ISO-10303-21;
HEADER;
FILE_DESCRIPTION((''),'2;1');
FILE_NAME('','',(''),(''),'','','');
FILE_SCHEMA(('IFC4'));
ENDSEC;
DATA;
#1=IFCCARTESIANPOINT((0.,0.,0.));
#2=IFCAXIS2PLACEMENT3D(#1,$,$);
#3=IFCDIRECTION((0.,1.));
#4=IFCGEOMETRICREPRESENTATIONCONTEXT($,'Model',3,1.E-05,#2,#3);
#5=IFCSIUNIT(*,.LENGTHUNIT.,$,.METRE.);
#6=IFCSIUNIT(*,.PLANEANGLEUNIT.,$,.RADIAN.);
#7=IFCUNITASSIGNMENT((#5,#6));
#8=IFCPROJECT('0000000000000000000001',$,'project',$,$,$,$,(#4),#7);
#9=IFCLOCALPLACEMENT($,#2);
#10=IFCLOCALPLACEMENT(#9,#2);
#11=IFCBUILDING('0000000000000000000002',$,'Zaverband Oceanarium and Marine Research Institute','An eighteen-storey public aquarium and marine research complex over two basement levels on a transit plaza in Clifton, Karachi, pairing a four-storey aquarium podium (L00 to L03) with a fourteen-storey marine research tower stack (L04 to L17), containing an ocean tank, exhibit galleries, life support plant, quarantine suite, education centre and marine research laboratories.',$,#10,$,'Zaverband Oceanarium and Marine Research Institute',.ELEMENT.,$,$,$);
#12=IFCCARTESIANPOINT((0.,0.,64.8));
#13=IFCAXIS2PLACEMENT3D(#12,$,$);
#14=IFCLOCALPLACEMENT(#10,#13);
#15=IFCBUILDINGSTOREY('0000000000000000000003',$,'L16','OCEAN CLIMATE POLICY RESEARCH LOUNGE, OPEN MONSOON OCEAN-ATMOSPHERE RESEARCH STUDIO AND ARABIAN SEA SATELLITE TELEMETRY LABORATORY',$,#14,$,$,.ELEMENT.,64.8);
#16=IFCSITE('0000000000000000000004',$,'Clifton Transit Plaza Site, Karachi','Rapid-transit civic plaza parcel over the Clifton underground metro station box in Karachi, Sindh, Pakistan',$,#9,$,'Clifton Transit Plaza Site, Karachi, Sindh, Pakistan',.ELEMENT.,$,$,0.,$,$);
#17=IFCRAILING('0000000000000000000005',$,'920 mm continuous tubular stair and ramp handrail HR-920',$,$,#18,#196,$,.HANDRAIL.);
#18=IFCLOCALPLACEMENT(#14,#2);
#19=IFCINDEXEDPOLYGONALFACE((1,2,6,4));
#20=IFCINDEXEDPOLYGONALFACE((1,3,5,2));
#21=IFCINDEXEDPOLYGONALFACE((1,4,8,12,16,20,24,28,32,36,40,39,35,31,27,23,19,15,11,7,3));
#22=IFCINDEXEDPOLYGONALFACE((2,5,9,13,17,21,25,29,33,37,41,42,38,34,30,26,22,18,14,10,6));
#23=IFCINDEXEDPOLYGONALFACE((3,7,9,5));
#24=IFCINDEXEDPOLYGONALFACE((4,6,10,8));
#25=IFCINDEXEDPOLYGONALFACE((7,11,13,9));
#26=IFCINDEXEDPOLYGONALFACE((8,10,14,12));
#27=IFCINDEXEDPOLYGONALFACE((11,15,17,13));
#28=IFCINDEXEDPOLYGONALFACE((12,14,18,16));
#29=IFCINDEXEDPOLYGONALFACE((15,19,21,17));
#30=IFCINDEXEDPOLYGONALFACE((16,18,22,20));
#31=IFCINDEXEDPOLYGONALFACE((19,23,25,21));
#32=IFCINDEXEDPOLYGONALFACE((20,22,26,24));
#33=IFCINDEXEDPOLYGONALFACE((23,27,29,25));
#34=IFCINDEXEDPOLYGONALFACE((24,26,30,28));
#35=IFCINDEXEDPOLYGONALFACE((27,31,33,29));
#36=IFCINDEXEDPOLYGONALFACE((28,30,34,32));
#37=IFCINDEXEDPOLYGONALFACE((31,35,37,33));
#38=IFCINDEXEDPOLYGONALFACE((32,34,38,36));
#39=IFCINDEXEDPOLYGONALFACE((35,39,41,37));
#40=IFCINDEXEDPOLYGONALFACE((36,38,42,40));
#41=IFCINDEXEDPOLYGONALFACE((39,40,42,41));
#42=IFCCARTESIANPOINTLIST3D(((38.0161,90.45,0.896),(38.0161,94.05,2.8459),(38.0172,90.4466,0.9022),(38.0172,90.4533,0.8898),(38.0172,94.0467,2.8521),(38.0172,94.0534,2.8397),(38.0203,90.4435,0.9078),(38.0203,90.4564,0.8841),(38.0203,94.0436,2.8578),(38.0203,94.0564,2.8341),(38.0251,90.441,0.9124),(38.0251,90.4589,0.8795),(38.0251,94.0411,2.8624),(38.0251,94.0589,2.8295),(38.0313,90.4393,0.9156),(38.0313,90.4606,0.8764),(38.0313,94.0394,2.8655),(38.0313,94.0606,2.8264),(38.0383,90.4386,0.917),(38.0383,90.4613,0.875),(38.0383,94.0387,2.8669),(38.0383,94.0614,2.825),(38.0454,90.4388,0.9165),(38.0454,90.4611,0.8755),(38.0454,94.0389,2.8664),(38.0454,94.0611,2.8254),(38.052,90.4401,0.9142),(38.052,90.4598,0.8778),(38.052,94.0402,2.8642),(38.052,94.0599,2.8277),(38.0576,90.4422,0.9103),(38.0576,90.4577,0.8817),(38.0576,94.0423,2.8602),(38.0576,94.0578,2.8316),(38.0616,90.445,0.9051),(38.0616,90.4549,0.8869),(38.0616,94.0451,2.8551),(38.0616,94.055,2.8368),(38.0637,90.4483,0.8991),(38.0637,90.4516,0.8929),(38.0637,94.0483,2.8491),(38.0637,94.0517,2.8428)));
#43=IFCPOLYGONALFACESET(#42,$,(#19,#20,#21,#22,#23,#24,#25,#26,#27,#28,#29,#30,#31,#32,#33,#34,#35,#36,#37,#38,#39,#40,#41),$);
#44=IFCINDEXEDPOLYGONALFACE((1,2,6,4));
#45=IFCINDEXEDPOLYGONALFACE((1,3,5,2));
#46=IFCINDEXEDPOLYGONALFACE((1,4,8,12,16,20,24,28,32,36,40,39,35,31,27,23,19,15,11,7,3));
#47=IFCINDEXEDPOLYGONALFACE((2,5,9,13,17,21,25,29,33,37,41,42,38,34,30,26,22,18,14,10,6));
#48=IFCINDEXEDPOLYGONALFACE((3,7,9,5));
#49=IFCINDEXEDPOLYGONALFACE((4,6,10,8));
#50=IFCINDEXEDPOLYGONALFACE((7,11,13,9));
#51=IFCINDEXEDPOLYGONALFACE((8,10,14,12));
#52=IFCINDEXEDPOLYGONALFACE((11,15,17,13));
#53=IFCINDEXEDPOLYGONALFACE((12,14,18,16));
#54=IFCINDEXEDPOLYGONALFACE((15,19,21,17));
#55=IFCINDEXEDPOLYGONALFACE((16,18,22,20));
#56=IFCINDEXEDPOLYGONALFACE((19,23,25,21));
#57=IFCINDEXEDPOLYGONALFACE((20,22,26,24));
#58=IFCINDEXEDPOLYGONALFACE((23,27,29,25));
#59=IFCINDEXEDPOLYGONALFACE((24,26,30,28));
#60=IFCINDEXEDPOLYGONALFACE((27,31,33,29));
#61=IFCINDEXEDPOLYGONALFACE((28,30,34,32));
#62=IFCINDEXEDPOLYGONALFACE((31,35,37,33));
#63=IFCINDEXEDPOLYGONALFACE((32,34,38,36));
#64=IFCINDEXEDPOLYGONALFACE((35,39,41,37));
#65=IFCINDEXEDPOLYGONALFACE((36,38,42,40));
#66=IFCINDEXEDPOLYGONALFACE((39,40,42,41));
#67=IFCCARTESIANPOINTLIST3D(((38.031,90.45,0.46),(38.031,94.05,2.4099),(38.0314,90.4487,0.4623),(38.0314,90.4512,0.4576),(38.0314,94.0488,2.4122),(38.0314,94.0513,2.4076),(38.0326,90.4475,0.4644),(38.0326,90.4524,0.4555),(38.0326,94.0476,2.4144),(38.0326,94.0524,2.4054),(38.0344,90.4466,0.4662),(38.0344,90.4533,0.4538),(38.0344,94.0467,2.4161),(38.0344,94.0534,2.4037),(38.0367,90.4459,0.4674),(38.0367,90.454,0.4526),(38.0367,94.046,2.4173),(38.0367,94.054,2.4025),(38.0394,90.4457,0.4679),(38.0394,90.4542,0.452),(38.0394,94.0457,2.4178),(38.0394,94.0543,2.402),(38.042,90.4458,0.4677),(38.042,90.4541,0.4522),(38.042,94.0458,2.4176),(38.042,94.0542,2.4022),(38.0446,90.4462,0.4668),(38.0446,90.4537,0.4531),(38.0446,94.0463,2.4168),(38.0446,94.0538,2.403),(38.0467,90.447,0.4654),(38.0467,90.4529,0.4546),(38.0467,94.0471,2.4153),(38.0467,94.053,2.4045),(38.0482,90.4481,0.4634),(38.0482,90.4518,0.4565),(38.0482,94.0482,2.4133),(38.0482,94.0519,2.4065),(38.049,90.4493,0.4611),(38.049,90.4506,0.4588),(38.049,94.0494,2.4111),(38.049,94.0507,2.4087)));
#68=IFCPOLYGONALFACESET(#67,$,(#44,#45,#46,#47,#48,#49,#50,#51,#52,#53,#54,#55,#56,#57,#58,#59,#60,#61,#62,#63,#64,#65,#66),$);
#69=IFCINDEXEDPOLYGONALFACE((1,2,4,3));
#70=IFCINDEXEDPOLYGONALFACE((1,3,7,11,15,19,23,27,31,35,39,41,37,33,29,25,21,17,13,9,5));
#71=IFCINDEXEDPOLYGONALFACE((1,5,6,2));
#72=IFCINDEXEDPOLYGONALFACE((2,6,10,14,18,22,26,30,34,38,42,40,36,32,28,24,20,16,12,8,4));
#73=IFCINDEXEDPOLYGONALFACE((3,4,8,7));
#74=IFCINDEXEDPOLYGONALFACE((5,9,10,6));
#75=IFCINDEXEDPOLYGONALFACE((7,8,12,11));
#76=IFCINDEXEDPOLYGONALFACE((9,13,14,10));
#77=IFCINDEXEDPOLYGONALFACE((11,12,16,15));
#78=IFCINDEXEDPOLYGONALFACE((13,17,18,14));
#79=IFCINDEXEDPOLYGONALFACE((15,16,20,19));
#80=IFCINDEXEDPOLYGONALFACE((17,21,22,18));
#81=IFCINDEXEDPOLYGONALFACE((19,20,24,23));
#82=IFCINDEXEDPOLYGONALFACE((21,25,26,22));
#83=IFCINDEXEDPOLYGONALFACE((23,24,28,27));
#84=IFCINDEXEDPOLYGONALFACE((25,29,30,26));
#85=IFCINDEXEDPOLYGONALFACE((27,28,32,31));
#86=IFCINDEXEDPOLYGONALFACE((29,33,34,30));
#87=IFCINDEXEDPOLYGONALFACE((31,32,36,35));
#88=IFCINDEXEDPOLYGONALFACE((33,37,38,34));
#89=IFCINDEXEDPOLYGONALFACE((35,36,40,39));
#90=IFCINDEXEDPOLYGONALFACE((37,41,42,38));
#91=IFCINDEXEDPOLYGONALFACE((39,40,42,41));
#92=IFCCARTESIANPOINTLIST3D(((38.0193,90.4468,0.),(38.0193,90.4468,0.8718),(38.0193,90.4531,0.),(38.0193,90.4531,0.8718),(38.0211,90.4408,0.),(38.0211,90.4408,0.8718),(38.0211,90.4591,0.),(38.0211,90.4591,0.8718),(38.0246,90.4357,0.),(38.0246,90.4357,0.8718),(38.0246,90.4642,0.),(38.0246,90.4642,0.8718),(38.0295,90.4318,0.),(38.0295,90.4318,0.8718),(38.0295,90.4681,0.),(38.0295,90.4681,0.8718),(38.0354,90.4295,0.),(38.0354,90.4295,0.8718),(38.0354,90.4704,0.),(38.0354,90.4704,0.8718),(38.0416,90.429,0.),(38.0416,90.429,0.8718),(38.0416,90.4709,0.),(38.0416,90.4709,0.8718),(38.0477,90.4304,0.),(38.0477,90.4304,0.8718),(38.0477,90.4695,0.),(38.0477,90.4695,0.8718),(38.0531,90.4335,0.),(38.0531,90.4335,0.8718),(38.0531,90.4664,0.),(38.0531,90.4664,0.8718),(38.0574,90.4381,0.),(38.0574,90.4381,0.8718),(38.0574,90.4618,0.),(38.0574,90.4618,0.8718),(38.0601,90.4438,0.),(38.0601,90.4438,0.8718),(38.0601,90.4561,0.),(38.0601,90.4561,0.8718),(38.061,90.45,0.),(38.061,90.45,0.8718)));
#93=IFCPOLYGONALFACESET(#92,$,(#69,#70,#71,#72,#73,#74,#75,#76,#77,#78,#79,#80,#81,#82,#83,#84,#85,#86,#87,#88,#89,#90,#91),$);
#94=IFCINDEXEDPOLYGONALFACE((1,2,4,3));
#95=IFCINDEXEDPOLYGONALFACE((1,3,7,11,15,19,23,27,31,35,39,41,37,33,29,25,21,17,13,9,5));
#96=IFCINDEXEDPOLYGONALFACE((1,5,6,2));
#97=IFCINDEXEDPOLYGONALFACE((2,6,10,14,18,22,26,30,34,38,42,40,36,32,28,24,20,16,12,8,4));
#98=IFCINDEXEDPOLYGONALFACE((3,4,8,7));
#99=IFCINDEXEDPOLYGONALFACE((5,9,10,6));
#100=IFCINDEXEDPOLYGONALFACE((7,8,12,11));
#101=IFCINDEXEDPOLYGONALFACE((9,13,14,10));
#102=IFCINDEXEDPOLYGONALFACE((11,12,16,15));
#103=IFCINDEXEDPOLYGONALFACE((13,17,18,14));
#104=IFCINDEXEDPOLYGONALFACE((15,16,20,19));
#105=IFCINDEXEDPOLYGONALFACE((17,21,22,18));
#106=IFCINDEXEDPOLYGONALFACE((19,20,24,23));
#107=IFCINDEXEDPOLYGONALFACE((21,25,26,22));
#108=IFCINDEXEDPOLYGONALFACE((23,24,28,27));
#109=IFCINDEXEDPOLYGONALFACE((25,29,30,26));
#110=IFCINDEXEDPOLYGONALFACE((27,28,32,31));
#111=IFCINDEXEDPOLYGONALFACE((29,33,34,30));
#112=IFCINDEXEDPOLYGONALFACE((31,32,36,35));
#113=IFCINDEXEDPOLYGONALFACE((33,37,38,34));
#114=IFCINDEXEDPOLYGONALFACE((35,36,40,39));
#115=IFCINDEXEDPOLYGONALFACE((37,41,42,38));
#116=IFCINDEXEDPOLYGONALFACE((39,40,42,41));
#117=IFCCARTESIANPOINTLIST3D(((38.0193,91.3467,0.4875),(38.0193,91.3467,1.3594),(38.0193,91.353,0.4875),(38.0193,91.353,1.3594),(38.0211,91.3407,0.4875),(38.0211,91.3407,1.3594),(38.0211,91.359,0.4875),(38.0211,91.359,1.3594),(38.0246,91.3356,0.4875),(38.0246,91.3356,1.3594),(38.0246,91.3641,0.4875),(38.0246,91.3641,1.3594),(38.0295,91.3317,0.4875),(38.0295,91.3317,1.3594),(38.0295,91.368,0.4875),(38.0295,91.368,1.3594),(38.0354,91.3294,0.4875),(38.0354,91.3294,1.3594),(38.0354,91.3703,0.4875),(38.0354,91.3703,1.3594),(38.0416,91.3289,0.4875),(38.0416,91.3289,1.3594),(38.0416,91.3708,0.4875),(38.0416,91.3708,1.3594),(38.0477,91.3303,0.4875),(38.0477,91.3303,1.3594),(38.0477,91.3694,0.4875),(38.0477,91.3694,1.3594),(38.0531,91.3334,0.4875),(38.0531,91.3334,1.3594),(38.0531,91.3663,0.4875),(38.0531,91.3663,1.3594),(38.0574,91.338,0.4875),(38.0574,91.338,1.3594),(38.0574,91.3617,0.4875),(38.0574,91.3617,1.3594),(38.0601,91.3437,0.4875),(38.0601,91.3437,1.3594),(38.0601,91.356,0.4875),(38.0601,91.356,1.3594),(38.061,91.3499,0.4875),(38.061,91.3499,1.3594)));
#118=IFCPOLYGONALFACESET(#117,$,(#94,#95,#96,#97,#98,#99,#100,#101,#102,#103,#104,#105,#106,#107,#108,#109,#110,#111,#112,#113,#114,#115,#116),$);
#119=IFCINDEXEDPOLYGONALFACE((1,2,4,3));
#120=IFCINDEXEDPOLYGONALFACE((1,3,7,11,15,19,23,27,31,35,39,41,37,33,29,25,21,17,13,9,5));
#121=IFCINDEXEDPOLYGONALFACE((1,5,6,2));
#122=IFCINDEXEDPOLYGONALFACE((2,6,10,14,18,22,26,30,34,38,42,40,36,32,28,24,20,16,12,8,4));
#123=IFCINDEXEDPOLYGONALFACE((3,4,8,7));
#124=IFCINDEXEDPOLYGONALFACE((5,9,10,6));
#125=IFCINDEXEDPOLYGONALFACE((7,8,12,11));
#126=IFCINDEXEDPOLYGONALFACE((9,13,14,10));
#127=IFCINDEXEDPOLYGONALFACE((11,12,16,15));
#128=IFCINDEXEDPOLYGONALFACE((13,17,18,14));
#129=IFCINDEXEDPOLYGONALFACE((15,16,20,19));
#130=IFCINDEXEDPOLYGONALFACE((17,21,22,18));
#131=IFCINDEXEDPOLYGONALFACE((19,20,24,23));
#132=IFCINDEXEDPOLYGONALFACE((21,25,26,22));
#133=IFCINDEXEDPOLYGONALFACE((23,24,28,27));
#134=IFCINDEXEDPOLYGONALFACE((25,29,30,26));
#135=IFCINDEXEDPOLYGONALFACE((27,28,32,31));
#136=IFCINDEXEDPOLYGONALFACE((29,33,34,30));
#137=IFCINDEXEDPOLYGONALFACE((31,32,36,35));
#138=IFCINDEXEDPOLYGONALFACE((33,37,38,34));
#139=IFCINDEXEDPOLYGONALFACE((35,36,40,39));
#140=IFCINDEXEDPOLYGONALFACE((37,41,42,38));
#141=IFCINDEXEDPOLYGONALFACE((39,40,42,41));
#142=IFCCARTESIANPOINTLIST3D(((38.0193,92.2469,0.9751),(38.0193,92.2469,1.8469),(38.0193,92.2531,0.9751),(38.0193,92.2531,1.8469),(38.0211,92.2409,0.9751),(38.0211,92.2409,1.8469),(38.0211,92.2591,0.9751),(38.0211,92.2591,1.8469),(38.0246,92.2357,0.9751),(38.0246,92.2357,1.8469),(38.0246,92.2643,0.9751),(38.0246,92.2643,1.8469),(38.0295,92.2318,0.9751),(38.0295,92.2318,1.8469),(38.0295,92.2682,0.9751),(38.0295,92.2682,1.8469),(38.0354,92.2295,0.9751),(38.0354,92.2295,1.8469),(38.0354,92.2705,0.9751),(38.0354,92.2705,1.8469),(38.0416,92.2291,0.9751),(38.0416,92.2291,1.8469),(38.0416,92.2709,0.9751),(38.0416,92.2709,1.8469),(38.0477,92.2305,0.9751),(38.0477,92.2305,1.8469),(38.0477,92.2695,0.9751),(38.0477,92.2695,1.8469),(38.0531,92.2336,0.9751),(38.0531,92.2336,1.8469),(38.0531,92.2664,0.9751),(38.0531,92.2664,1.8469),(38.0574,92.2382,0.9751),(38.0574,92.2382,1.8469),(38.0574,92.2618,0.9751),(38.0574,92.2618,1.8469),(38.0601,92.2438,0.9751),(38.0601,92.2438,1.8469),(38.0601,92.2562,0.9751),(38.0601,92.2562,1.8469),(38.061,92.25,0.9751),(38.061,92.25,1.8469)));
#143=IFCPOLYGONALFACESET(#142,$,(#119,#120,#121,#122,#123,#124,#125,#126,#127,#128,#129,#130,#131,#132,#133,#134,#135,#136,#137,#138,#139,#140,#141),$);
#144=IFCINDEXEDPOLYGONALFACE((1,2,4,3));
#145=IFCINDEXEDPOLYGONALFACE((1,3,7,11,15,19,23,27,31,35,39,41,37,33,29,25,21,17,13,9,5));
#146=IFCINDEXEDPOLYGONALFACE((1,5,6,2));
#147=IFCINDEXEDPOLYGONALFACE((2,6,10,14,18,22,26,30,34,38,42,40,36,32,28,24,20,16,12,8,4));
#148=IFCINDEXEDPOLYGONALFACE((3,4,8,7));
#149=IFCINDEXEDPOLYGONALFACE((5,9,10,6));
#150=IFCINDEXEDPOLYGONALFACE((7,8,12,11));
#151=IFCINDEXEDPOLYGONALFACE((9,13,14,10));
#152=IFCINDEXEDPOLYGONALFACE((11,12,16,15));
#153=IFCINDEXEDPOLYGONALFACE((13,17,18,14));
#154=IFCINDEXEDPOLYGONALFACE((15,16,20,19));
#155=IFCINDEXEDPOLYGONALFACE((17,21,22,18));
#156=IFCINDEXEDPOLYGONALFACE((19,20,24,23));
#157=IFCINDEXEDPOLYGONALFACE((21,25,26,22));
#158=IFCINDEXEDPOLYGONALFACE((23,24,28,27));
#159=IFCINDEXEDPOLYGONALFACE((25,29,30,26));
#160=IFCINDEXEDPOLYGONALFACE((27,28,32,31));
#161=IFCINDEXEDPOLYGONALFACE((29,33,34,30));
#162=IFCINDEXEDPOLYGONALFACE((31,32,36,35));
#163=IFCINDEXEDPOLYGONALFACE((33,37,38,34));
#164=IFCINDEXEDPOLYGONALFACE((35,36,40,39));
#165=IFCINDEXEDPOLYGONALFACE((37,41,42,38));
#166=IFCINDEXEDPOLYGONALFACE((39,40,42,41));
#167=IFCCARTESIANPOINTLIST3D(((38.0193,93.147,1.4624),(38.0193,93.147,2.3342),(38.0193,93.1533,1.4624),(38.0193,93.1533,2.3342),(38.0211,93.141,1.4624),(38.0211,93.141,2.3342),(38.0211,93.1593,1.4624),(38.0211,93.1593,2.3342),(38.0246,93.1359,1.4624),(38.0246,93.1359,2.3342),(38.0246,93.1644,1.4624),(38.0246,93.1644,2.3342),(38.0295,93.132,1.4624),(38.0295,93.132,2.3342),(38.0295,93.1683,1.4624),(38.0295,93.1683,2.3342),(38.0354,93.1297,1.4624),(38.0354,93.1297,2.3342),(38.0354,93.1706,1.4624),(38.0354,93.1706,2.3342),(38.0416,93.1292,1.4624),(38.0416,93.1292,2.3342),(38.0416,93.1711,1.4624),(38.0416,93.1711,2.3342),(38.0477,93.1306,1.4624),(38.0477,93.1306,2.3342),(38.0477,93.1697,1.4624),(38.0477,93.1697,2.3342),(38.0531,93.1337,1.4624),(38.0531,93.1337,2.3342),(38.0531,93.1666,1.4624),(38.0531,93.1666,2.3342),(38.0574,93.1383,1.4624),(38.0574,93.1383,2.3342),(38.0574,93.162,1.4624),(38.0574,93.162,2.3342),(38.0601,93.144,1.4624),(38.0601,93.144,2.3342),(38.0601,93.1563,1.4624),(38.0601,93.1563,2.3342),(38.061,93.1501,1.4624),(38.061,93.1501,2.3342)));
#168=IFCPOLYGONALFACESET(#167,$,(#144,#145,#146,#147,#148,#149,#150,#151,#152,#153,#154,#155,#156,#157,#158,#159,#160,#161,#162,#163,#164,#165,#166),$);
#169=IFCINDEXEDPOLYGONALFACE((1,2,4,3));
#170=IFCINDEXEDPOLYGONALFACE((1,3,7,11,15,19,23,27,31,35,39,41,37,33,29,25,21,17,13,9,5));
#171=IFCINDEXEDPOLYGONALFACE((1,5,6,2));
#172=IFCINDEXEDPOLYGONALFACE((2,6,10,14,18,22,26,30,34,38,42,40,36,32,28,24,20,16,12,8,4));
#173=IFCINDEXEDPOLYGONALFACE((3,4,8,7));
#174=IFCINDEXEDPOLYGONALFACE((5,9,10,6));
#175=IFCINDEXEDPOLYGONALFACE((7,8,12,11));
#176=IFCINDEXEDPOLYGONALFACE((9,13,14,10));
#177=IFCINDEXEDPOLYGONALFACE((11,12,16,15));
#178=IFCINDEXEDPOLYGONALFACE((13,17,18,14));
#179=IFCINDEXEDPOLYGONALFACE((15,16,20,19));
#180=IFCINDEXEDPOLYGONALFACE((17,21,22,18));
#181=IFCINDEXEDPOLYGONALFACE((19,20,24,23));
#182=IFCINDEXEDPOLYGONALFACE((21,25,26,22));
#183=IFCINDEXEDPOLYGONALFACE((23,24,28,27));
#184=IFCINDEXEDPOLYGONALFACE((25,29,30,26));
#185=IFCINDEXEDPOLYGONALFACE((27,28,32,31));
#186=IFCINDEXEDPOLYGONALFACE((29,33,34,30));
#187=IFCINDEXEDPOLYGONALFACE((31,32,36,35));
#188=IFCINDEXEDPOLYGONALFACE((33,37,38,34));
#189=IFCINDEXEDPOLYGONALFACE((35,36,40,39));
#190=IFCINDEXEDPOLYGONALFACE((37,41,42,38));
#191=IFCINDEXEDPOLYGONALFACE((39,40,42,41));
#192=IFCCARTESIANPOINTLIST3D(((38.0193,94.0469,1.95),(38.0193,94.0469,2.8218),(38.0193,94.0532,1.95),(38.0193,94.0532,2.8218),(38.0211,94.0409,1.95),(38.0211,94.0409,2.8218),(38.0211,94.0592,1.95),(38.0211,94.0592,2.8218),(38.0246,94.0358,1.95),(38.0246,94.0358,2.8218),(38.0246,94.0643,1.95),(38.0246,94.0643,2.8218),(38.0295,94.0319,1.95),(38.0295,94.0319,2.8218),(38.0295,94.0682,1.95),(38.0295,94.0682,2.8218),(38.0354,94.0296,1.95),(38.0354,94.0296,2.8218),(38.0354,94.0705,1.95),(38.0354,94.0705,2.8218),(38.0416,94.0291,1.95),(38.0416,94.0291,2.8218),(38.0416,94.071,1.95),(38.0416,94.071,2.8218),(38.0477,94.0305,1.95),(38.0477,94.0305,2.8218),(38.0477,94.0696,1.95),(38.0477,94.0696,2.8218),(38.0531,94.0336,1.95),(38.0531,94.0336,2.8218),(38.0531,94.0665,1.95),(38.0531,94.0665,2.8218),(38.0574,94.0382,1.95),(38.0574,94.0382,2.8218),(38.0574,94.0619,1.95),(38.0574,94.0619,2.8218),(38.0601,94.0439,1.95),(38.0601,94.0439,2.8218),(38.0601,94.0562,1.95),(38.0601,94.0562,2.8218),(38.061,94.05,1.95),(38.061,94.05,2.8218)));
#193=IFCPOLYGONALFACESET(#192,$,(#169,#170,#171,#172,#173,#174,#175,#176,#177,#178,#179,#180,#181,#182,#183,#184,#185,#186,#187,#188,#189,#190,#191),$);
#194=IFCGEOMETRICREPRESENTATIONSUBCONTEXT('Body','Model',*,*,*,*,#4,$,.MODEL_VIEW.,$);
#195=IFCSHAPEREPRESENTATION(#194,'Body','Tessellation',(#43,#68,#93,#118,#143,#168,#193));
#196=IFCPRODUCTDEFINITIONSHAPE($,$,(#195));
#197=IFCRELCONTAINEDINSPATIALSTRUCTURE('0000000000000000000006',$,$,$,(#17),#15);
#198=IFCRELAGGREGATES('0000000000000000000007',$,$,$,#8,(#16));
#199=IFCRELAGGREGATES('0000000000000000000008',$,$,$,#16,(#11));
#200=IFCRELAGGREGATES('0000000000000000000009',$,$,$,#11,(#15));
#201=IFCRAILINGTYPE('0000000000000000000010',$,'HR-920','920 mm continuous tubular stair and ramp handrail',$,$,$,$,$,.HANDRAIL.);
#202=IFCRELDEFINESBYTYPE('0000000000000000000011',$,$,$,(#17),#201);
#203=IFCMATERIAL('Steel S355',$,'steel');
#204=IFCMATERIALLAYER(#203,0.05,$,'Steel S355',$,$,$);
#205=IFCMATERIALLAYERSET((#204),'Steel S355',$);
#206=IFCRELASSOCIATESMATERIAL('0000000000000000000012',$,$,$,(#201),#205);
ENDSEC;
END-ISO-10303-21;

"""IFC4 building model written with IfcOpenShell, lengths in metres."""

from ifc_helpers import new_model, si_unit, direction, frame, origin, origin_2d, place, context, subcontext, project, spatial, circle, extrude, material, layer, layer_set, type_object, element, save


model = new_model("IFC4")

# Units and contexts
model_context = context("Model", 3, precision=1e-05, world=origin(), true_north=direction((0.0, 1.0)))
body_context = subcontext(model_context, "Body", "Model", "MODEL_VIEW")
ifc_project = project(units=[si_unit("LENGTHUNIT", "METRE"), si_unit("PLANEANGLEUNIT", "RADIAN")], contexts=[model_context])

# Site, building, storey
site_placement = place(None, origin())
site = spatial("IfcSite", under=ifc_project, at=site_placement, Name="Clifton Transit Plaza Site, Karachi", Description="Rapid-transit civic plaza parcel over the Clifton underground metro station box in Karachi, Sindh, Pakistan", LongName="Clifton Transit Plaza Site, Karachi, Sindh, Pakistan", CompositionType="ELEMENT", RefElevation=0.0)
building_placement = place(site_placement, origin())
building = spatial("IfcBuilding", under=site, at=building_placement, Name="Zaverband Oceanarium and Marine Research Institute", Description="An eighteen-storey public aquarium and marine research complex over two basement levels on a transit plaza in Clifton, Karachi, pairing a four-storey aquarium podium (L00 to L03) with a fourteen-storey marine research tower stack (L04 to L17), containing an ocean tank, exhibit galleries, life support plant, quarantine suite, education centre and marine research laboratories.", LongName="Zaverband Oceanarium and Marine Research Institute", CompositionType="ELEMENT")
storey_placement = place(building_placement, frame((0.0, 0.0, 64.8)))
storey = spatial("IfcBuildingStorey", under=building, at=storey_placement, Name="L16", Description="OCEAN CLIMATE POLICY RESEARCH LOUNGE, OPEN MONSOON OCEAN-ATMOSPHERE RESEARCH STUDIO AND ARABIAN SEA SATELLITE TELEMETRY LABORATORY", CompositionType="ELEMENT", Elevation=64.8)

# Shared definitions
ifc_material_1 = material(Name="Steel S355", Category="steel")

# Railing
ifc_layer_1 = layer(ifc_material_1, 0.05, Name="Steel S355")
ifc_layer_set_1 = layer_set([ifc_layer_1], Name="Steel S355")
railing_type_1 = type_object("IfcRailingType", Name="HR-920", Description="920 mm continuous tubular stair and ramp handrail", PredefinedType="HANDRAIL", material=ifc_layer_set_1)
railing_1_placement = place(storey_placement, frame((38.04, 90.45, 0.0)))
element("IfcRailing", 1, at=railing_1_placement, inside=storey, type_object=railing_type_1, Name="920 mm continuous tubular stair and ramp handrail HR-920", PredefinedType="HANDRAIL", context=body_context, shape_type="SweptSolid", body=[
    extrude(circle(Radius=0.0239, at=origin_2d()), frame((0.0, 0.0, 0.896), z_axis=(0.0, 0.879302, 0.476264), x_axis=(-1.0, 0.0, 0.0)), (0.0, 0.0, 1.0), 4.0942),
    extrude(circle(Radius=0.009, at=origin_2d()), frame((0.0, 0.0, 0.46), z_axis=(0.0, 0.879302, 0.476264), x_axis=(-1.0, 0.0, 0.0)), (0.0, 0.0, 1.0), 4.0942),
    extrude(circle(Radius=0.021, at=origin_2d()), origin(), (0.0, 0.0, 1.0), 0.8718),
    extrude(circle(Radius=0.021, at=origin_2d()), frame((0.0, 0.8999, 0.4875)), (0.0, 0.0, 1.0), 0.8718),
    extrude(circle(Radius=0.021, at=origin_2d()), frame((0.0, 1.8, 0.9751)), (0.0, 0.0, 1.0), 0.8718),
    extrude(circle(Radius=0.021, at=origin_2d()), frame((0.0, 2.7002, 1.4624)), (0.0, 0.0, 1.0), 0.8718),
    extrude(circle(Radius=0.021, at=origin_2d()), frame((0.0, 3.6001, 1.95)), (0.0, 0.0, 1.0), 0.8718),
])

save(model, "model.ifc")
